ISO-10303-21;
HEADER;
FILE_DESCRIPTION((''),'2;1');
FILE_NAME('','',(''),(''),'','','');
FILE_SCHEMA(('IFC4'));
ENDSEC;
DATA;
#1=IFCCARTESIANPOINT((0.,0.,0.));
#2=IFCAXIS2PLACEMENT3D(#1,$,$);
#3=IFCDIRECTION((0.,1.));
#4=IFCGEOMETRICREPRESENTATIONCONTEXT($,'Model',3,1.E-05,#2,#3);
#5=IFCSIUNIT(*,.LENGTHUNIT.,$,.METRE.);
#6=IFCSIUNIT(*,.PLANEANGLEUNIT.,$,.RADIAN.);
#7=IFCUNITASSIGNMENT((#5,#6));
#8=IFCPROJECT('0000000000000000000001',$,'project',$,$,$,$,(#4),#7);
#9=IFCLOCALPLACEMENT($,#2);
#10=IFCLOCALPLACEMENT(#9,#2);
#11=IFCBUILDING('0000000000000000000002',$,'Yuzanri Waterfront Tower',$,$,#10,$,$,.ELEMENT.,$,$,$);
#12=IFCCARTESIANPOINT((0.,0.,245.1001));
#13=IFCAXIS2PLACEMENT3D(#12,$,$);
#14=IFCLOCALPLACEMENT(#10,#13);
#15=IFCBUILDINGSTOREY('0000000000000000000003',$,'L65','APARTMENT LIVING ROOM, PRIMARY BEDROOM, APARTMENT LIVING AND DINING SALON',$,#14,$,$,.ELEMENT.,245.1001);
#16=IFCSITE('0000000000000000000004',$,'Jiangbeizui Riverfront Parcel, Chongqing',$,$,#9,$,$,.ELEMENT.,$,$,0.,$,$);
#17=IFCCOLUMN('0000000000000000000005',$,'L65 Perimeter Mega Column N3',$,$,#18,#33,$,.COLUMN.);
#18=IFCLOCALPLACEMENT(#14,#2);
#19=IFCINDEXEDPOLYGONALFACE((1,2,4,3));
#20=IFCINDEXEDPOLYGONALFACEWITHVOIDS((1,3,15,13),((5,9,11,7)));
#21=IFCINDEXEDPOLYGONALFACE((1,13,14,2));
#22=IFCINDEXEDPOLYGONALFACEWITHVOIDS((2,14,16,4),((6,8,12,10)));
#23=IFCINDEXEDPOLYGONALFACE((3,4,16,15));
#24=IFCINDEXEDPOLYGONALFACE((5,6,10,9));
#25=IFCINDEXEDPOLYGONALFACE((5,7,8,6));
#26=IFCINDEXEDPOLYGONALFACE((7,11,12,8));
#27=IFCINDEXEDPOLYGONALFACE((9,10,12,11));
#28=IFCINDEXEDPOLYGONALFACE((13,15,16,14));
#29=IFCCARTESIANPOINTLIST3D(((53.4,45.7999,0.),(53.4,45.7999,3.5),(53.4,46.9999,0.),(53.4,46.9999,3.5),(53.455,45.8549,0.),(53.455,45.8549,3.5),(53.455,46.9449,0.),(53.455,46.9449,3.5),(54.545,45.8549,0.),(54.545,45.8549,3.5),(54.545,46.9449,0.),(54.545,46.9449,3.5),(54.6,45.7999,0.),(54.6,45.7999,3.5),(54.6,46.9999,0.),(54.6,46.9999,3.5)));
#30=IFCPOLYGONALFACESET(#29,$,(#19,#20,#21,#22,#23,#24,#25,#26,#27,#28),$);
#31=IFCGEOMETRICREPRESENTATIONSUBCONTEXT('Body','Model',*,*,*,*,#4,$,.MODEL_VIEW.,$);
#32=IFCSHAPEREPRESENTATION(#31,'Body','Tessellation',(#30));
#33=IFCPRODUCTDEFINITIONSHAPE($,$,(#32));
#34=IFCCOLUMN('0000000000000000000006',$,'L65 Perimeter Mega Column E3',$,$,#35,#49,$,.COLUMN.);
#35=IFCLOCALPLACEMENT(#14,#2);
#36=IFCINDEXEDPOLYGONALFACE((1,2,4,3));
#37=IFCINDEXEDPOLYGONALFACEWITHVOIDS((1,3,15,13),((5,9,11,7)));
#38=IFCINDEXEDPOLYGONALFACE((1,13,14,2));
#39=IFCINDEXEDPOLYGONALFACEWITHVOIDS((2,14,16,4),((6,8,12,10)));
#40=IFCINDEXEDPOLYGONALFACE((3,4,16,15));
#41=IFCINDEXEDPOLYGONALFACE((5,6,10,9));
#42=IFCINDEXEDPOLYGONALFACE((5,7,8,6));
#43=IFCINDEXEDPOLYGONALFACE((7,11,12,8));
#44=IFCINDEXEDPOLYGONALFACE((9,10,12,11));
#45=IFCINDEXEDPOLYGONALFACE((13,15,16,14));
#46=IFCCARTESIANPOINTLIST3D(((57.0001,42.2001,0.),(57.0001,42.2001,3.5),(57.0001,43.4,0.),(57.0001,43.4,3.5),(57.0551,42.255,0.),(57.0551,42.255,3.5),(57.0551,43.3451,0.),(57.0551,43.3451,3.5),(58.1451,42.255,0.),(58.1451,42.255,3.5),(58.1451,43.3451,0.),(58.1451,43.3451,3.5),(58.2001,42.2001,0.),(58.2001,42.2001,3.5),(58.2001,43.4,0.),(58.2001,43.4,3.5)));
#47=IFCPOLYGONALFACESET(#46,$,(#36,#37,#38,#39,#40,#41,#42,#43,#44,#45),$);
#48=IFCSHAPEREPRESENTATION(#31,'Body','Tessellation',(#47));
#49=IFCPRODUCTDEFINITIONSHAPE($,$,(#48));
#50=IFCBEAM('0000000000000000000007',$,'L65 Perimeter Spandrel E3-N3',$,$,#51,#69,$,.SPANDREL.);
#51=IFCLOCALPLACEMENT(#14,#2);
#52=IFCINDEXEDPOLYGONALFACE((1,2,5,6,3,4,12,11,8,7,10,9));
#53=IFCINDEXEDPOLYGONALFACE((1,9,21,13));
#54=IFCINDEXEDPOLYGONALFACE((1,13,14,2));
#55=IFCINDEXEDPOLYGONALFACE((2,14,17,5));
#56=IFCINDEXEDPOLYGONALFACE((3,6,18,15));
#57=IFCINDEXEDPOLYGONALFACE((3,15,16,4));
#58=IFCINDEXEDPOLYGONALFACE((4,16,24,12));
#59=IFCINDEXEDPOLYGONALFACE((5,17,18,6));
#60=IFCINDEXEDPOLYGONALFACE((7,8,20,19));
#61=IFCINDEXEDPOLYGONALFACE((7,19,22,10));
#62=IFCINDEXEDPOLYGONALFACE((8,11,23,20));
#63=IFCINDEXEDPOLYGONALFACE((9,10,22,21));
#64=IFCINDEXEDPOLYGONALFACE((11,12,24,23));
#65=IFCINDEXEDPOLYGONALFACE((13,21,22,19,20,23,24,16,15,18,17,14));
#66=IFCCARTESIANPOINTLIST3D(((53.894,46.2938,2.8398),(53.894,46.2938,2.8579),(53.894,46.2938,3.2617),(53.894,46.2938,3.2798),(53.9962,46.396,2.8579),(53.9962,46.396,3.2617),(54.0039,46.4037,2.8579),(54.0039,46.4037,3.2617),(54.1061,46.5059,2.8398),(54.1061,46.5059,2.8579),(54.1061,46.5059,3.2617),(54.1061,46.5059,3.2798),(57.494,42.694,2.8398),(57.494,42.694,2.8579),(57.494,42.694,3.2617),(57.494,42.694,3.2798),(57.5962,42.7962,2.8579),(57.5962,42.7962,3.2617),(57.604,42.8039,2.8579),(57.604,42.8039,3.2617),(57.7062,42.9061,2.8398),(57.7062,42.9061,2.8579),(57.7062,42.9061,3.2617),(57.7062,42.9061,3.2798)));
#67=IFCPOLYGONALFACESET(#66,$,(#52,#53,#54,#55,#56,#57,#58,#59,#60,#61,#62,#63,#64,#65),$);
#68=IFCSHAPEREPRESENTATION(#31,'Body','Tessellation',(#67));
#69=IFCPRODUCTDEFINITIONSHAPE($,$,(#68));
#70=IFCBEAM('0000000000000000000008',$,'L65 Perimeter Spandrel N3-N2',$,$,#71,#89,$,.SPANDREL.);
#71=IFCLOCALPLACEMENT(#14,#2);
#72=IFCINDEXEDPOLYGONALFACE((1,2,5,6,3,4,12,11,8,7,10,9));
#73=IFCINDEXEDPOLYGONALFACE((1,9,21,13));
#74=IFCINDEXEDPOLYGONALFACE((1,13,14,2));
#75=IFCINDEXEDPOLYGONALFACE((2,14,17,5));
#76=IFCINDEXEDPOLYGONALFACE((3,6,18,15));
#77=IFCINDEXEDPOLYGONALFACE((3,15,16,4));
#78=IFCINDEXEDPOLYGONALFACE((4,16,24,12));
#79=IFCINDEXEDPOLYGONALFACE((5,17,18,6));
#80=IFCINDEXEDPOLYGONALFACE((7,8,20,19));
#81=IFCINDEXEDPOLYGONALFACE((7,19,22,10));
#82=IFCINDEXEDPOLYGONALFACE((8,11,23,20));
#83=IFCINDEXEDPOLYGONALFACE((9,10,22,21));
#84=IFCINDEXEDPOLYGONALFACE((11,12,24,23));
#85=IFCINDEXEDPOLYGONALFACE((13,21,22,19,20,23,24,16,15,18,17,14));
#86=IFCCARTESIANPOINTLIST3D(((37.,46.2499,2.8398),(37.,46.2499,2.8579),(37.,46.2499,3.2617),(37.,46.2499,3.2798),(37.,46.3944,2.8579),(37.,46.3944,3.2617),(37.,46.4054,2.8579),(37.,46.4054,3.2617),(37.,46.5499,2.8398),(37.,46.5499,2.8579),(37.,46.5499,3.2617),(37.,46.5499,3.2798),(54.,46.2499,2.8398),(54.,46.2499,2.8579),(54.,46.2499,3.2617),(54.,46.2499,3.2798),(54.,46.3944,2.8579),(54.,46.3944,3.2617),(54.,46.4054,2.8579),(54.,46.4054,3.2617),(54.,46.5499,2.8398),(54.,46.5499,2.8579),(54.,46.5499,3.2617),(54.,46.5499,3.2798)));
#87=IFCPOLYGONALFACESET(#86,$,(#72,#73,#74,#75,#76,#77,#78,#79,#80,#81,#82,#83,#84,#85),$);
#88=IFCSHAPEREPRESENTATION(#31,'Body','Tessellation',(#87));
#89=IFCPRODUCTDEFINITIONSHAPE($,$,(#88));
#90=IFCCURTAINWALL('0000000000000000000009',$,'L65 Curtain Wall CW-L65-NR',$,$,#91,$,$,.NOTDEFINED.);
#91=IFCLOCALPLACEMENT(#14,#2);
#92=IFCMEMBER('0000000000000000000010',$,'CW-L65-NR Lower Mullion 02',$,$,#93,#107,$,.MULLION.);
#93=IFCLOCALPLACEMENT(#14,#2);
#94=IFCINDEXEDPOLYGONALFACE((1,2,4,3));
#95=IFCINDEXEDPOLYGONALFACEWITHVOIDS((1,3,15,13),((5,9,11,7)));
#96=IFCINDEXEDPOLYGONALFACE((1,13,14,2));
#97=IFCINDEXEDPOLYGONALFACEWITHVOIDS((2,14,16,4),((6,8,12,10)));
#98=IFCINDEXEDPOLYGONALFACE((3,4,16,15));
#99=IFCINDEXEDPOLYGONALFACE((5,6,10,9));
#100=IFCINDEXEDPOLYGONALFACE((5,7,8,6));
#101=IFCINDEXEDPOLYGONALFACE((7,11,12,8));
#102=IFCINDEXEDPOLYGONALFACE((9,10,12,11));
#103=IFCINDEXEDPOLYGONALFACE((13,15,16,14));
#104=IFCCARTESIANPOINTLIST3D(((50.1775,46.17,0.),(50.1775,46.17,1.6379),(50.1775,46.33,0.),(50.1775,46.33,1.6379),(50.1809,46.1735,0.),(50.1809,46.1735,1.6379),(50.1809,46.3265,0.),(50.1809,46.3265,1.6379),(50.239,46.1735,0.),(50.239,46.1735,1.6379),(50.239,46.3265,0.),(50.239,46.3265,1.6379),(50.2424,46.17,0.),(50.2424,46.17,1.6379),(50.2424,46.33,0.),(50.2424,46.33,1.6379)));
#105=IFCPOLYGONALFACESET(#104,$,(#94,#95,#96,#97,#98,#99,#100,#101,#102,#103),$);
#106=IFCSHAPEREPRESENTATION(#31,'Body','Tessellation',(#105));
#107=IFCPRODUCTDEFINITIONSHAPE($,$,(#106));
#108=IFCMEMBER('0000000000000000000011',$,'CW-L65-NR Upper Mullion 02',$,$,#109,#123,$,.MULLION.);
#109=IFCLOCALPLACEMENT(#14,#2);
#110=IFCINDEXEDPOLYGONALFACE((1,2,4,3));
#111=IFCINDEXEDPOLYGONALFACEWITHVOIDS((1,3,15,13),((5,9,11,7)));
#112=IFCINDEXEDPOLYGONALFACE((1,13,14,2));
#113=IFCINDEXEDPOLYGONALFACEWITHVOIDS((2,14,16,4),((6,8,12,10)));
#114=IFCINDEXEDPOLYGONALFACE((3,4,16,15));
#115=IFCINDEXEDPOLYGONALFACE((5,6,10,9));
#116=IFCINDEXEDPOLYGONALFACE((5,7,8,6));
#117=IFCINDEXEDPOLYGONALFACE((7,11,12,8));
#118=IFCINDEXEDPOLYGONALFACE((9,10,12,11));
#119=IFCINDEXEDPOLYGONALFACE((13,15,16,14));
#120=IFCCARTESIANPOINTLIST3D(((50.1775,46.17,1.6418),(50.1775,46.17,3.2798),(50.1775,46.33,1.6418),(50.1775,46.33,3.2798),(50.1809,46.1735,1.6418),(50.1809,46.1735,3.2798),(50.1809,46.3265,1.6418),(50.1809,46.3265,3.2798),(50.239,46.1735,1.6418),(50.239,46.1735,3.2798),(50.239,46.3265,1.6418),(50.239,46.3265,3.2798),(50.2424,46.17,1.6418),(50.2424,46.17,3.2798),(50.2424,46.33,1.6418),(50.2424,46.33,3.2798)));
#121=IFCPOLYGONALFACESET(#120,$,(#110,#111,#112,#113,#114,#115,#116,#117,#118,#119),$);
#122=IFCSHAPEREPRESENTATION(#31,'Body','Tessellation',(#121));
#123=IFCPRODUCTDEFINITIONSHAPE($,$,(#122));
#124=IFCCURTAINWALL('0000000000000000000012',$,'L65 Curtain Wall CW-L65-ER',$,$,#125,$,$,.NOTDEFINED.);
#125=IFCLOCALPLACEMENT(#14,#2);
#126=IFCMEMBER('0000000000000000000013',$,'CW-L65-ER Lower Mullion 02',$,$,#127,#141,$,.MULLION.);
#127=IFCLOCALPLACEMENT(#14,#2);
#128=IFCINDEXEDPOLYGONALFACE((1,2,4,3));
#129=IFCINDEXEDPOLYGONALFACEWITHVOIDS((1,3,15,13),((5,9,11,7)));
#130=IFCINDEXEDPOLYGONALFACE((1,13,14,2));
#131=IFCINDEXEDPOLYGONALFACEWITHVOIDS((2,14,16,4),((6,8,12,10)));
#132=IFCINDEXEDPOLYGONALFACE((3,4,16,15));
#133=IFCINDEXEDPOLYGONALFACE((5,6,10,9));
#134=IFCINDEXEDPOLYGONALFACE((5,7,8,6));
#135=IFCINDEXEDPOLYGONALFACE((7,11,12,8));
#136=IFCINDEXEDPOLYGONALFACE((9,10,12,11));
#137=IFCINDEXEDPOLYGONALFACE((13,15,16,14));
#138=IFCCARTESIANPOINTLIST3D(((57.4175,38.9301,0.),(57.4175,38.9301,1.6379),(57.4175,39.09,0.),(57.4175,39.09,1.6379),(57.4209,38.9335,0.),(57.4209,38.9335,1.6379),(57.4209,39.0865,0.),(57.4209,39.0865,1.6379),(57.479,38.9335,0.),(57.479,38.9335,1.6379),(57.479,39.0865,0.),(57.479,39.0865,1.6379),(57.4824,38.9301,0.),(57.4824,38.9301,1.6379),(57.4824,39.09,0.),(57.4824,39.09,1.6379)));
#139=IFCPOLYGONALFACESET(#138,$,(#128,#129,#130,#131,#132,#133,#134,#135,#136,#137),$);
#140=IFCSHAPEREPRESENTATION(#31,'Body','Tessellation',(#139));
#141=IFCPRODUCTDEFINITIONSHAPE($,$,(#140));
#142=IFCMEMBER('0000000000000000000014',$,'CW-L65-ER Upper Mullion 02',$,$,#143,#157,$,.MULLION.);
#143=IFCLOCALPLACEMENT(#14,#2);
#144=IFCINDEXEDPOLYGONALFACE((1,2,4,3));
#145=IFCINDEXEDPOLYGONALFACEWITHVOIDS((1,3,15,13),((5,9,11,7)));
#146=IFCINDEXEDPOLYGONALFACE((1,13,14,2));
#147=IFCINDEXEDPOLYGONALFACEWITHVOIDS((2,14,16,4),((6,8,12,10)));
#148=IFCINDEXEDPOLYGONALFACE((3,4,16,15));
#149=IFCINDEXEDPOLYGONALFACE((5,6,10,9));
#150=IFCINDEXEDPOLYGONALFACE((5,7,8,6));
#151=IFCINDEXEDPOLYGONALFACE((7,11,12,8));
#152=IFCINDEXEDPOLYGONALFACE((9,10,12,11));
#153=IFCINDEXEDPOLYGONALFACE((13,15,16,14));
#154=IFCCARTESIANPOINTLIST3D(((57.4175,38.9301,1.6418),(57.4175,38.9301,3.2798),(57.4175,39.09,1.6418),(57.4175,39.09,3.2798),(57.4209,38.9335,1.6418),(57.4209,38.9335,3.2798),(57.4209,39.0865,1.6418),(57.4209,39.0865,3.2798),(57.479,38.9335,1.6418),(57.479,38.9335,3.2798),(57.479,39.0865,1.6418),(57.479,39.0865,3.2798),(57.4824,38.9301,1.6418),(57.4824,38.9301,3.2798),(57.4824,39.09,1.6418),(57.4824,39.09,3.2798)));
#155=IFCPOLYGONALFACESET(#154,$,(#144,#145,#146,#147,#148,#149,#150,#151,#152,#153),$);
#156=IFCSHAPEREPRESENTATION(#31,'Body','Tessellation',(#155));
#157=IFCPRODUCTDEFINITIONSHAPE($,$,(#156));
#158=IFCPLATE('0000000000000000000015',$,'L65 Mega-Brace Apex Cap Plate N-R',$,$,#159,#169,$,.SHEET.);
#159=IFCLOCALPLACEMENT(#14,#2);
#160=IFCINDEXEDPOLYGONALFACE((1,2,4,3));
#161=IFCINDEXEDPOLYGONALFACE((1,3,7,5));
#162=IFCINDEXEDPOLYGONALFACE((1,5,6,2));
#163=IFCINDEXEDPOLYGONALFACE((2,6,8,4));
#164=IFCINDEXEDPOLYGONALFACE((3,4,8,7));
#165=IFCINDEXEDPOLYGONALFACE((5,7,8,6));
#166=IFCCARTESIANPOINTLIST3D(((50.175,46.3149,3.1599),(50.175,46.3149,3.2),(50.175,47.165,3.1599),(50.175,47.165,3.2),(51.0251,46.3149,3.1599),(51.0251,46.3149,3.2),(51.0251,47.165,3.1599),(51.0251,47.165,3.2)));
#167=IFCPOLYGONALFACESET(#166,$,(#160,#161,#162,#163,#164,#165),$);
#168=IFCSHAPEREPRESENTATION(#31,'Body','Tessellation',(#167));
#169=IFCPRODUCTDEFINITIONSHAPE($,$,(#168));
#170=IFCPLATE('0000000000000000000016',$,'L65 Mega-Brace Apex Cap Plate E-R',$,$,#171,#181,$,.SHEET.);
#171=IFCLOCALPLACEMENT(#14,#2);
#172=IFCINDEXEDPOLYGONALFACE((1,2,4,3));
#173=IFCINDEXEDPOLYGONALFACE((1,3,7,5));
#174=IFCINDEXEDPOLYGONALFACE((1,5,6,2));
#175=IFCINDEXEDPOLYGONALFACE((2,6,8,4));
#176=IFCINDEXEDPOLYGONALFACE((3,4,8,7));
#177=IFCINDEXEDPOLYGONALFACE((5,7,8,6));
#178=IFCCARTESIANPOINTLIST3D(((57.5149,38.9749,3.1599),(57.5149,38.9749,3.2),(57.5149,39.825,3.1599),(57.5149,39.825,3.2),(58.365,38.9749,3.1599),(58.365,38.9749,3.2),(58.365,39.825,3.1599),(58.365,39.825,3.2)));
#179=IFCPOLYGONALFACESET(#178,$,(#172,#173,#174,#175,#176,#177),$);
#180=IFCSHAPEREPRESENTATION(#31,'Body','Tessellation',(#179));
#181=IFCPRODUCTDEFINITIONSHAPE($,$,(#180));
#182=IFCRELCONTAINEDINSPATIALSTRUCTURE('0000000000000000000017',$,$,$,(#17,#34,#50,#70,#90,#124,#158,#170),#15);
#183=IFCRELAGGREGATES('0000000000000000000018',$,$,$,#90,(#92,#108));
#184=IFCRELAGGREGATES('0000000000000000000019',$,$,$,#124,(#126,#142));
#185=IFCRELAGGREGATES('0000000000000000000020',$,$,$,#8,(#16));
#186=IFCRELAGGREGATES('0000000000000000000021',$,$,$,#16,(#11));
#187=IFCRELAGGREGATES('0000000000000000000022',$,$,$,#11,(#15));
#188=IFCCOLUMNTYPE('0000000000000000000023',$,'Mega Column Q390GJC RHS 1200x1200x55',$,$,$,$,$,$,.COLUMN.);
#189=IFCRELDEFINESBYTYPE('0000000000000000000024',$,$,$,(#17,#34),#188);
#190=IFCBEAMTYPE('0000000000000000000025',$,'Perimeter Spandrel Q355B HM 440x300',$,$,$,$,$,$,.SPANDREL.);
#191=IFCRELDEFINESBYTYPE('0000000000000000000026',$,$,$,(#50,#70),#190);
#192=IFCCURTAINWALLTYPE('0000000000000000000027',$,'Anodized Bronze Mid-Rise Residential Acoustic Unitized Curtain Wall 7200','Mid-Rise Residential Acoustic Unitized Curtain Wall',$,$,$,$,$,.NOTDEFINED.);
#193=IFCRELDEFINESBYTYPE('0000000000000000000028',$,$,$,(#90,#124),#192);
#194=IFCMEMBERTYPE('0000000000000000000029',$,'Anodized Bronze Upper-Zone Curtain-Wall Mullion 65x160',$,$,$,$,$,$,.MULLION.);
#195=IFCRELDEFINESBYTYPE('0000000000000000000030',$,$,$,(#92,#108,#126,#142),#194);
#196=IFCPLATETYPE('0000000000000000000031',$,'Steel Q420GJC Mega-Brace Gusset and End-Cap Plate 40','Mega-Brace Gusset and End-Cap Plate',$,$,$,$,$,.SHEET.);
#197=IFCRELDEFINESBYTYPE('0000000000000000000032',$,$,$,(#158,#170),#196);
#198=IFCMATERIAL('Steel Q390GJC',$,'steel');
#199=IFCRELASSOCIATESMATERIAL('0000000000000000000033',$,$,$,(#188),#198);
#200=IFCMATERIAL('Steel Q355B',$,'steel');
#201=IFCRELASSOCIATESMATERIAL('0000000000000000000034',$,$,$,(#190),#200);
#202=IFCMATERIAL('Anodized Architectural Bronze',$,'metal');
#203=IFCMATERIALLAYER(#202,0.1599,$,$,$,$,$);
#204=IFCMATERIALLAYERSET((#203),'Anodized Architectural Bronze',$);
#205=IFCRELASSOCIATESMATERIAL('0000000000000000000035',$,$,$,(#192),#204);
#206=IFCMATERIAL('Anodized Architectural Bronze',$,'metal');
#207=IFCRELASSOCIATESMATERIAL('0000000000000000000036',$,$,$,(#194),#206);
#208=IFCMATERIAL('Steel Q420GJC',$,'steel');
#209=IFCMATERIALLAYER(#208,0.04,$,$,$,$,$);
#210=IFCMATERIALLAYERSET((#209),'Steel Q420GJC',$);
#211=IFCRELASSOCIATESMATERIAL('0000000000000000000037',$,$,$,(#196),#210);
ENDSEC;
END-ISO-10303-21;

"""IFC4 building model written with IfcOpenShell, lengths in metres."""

from ifc_helpers import new_model, si_unit, direction, frame, origin, origin_2d, place, context, subcontext, project, spatial, rectangle, hollow_rectangle, i_section, extrude, source, transform, mapped, material, layer, layer_set, material_profile, profile_set, type_object, element, aggregate, save


model = new_model("IFC4")

# Units and contexts
model_context = context("Model", 3, precision=1e-05, world=origin(), true_north=direction((0.0, 1.0)))
body_context = subcontext(model_context, "Body", "Model", "MODEL_VIEW")
ifc_project = project(units=[si_unit("LENGTHUNIT", "METRE"), si_unit("PLANEANGLEUNIT", "RADIAN")], contexts=[model_context])

# Site, building, storey
site_placement = place(None, origin())
site = spatial("IfcSite", under=ifc_project, at=site_placement, Name="Jiangbeizui Riverfront Parcel, Chongqing", CompositionType="ELEMENT", RefElevation=0.0)
building_placement = place(site_placement, origin())
building = spatial("IfcBuilding", under=site, at=building_placement, Name="Yuzanri Waterfront Tower", CompositionType="ELEMENT")
storey_placement = place(building_placement, frame((0.0, 0.0, 245.1001)))
storey = spatial("IfcBuildingStorey", under=building, at=storey_placement, Name="L65", Description="APARTMENT LIVING ROOM, PRIMARY BEDROOM, APARTMENT LIVING AND DINING SALON", CompositionType="ELEMENT", Elevation=245.1001)

# Columns
ifc_material_1 = material(Name="Steel Q390GJC", Category="steel")
ifc_material_profile_1 = material_profile(ifc_material_1, hollow_rectangle(XDim=1.2, YDim=1.2, WallThickness=0.0549, at=origin_2d()), Name="RHS 1200x1200x55")
ifc_profile_set_1 = profile_set([ifc_material_profile_1], Name="Steel Q390GJC")
column_type = type_object("IfcColumnType", Name="Mega Column Q390GJC RHS 1200x1200x55", PredefinedType="COLUMN", material=ifc_profile_set_1)
shared_shape_1 = source(origin(), body_context, "Body", "SweptSolid", [
    extrude(hollow_rectangle(XDim=1.2, YDim=1.2, WallThickness=0.0549, at=origin_2d()), origin(), (0.0, 0.0, 1.0), 3.5),
])
for number, where, z_axis, x_axis, name in (
    (1, (54.0, 46.3999, 0.0), (0.0, 0.0, 1.0), (1.0, 0.0, 0.0), "L65 Perimeter Mega Column N3"),
    (2, (57.6001, 42.8, 0.0), (0.0, 0.0, 1.0), (1.0, 0.0, 0.0), "L65 Perimeter Mega Column E3"),
):
    element("IfcColumn", number, at=place(storey_placement, frame(where, z_axis=z_axis, x_axis=x_axis)), inside=storey, type_object=column_type, Name=name, PredefinedType="COLUMN", context=body_context, shape_type="MappedRepresentation", body=[
        mapped(shared_shape_1, transform((0.0, 0.0, 0.0), scale=1.0)),
    ])

# Beams
ifc_material_2 = material(Name="Steel Q355B", Category="steel")
ifc_material_profile_2 = material_profile(ifc_material_2, i_section(OverallWidth=0.3, OverallDepth=0.4399, WebThickness=0.011, FlangeThickness=0.0181, at=origin_2d()), Name="HM 440x300x11x18")
ifc_profile_set_2 = profile_set([ifc_material_profile_2], Name="Steel Q355B")
beam_type = type_object("IfcBeamType", Name="Perimeter Spandrel Q355B HM 440x300", PredefinedType="SPANDREL", material=ifc_profile_set_2)
shared_shape_2 = source(origin(), body_context, "Body", "SweptSolid", [
    extrude(i_section(OverallWidth=0.3, OverallDepth=0.4399, WebThickness=0.011, FlangeThickness=0.0181, at=origin_2d()), origin(), (0.0, 0.0, 1.0), 5.0911),
])
beam_1_placement = place(storey_placement, frame((57.6001, 42.8, 3.0598), z_axis=(-0.707131, 0.707083, 0.0), x_axis=(-0.707083, -0.707131, 0.0)))
element("IfcBeam", 3, at=beam_1_placement, inside=storey, type_object=beam_type, Name="L65 Perimeter Spandrel E3-N3", PredefinedType="SPANDREL", context=body_context, shape_type="MappedRepresentation", body=[
    mapped(shared_shape_2, transform((0.0, 0.0, 0.0), scale=1.0)),
])
shared_shape_3 = source(origin(), body_context, "Body", "SweptSolid", [
    extrude(i_section(OverallWidth=0.3, OverallDepth=0.4399, WebThickness=0.011, FlangeThickness=0.0181, at=origin_2d()), origin(), (0.0, 0.0, 1.0), 17.0),
])
beam_2_placement = place(storey_placement, frame((54.0, 46.3999, 3.0598), z_axis=(-1.0, 0.0, 0.0), x_axis=(0.0, -1.0, 0.0)))
element("IfcBeam", 4, at=beam_2_placement, inside=storey, type_object=beam_type, Name="L65 Perimeter Spandrel N3-N2", PredefinedType="SPANDREL", context=body_context, shape_type="MappedRepresentation", body=[
    mapped(shared_shape_3, transform((0.0, 0.0, 0.0), scale=1.0)),
])

# Curtain walls, members
ifc_material_3 = material(Name="Anodized Architectural Bronze", Category="metal")
ifc_layer_1 = layer(ifc_material_3, 0.1599)
ifc_layer_set_1 = layer_set([ifc_layer_1], Name="Anodized Architectural Bronze")
curtain_wall_type = type_object("IfcCurtainWallType", Name="Anodized Bronze Mid-Rise Residential Acoustic Unitized Curtain Wall 7200", Description="Mid-Rise Residential Acoustic Unitized Curtain Wall", PredefinedType="NOTDEFINED", material=ifc_layer_set_1)
curtain_wall_1_placement = place(storey_placement, origin())
curtain_wall_1 = element("IfcCurtainWall", 5, at=curtain_wall_1_placement, inside=storey, type_object=curtain_wall_type, Name="L65 Curtain Wall CW-L65-NR", PredefinedType="NOTDEFINED")
ifc_material_4 = material(Name="Anodized Architectural Bronze", Category="metal")
ifc_material_profile_3 = material_profile(ifc_material_4, hollow_rectangle(XDim=0.0649, YDim=0.1599, WallThickness=0.0034, at=origin_2d()), Name="CWM 65x160")
ifc_profile_set_3 = profile_set([ifc_material_profile_3], Name="Anodized Architectural Bronze")
member_type = type_object("IfcMemberType", Name="Anodized Bronze Upper-Zone Curtain-Wall Mullion 65x160", PredefinedType="MULLION", material=ifc_profile_set_3)
shared_shape_4 = source(origin(), body_context, "Body", "SweptSolid", [
    extrude(hollow_rectangle(XDim=0.0649, YDim=0.1599, WallThickness=0.0034, at=origin_2d()), origin(), (0.0, 0.0, 1.0), 1.6379),
])
member_1_placement = place(storey_placement, frame((50.21, 46.25, 0.0), z_axis=(0.0, 0.0, 1.0), x_axis=(1.0, 0.0, 0.0)))
member_1 = element("IfcMember", 6, at=member_1_placement, type_object=member_type, Name="CW-L65-NR Lower Mullion 02", PredefinedType="MULLION", context=body_context, shape_type="MappedRepresentation", body=[
    mapped(shared_shape_4, transform((0.0, 0.0, 0.0), scale=1.0)),
])
member_2_placement = place(storey_placement, frame((50.21, 46.25, 1.6418), z_axis=(0.0, 0.0, 1.0), x_axis=(1.0, 0.0, 0.0)))
member_2 = element("IfcMember", 7, at=member_2_placement, type_object=member_type, Name="CW-L65-NR Upper Mullion 02", PredefinedType="MULLION", context=body_context, shape_type="MappedRepresentation", body=[
    mapped(shared_shape_4, transform((0.0, 0.0, 0.0), scale=1.0)),
])
aggregate(curtain_wall_1, [member_1, member_2])
curtain_wall_2_placement = place(storey_placement, origin())
curtain_wall_2 = element("IfcCurtainWall", 8, at=curtain_wall_2_placement, inside=storey, type_object=curtain_wall_type, Name="L65 Curtain Wall CW-L65-ER", PredefinedType="NOTDEFINED")
member_3_placement = place(storey_placement, frame((57.45, 39.01, 0.0), z_axis=(0.0, 0.0, 1.0), x_axis=(1.0, 0.0, 0.0)))
member_3 = element("IfcMember", 9, at=member_3_placement, type_object=member_type, Name="CW-L65-ER Lower Mullion 02", PredefinedType="MULLION", context=body_context, shape_type="MappedRepresentation", body=[
    mapped(shared_shape_4, transform((0.0, 0.0, 0.0), scale=1.0)),
])
member_4_placement = place(storey_placement, frame((57.45, 39.01, 1.6418), z_axis=(0.0, 0.0, 1.0), x_axis=(1.0, 0.0, 0.0)))
member_4 = element("IfcMember", 10, at=member_4_placement, type_object=member_type, Name="CW-L65-ER Upper Mullion 02", PredefinedType="MULLION", context=body_context, shape_type="MappedRepresentation", body=[
    mapped(shared_shape_4, transform((0.0, 0.0, 0.0), scale=1.0)),
])

# Plates
ifc_material_5 = material(Name="Steel Q420GJC", Category="steel")
ifc_layer_2 = layer(ifc_material_5, 0.04)
ifc_layer_set_2 = layer_set([ifc_layer_2], Name="Steel Q420GJC")
plate_type_1 = type_object("IfcPlateType", Name="Steel Q420GJC Mega-Brace Gusset and End-Cap Plate 40", Description="Mega-Brace Gusset and End-Cap Plate", PredefinedType="SHEET", material=ifc_layer_set_2)
shared_shape_5 = source(origin(), body_context, "Body", "SweptSolid", [
    extrude(rectangle(XDim=0.8501, YDim=0.8501, at=origin_2d()), origin(), (0.0, 0.0, 1.0), 0.04),
])
for number, where, z_axis, x_axis, name in (
    (11, (50.6001, 46.74, 3.1599), (0.0, 0.0, 1.0), (1.0, 0.0, 0.0), "L65 Mega-Brace Apex Cap Plate N-R"),
    (12, (57.9399, 39.3999, 3.1599), (0.0, 0.0, 1.0), (1.0, 0.0, 0.0), "L65 Mega-Brace Apex Cap Plate E-R"),
):
    element("IfcPlate", number, at=place(storey_placement, frame(where, z_axis=z_axis, x_axis=x_axis)), inside=storey, type_object=plate_type_1, Name=name, PredefinedType="SHEET", context=body_context, shape_type="MappedRepresentation", body=[
        mapped(shared_shape_5, transform((0.0, 0.0, 0.0), scale=1.0)),
    ])

aggregate(curtain_wall_2, [member_3, member_4])

save(model, "model.ifc")
